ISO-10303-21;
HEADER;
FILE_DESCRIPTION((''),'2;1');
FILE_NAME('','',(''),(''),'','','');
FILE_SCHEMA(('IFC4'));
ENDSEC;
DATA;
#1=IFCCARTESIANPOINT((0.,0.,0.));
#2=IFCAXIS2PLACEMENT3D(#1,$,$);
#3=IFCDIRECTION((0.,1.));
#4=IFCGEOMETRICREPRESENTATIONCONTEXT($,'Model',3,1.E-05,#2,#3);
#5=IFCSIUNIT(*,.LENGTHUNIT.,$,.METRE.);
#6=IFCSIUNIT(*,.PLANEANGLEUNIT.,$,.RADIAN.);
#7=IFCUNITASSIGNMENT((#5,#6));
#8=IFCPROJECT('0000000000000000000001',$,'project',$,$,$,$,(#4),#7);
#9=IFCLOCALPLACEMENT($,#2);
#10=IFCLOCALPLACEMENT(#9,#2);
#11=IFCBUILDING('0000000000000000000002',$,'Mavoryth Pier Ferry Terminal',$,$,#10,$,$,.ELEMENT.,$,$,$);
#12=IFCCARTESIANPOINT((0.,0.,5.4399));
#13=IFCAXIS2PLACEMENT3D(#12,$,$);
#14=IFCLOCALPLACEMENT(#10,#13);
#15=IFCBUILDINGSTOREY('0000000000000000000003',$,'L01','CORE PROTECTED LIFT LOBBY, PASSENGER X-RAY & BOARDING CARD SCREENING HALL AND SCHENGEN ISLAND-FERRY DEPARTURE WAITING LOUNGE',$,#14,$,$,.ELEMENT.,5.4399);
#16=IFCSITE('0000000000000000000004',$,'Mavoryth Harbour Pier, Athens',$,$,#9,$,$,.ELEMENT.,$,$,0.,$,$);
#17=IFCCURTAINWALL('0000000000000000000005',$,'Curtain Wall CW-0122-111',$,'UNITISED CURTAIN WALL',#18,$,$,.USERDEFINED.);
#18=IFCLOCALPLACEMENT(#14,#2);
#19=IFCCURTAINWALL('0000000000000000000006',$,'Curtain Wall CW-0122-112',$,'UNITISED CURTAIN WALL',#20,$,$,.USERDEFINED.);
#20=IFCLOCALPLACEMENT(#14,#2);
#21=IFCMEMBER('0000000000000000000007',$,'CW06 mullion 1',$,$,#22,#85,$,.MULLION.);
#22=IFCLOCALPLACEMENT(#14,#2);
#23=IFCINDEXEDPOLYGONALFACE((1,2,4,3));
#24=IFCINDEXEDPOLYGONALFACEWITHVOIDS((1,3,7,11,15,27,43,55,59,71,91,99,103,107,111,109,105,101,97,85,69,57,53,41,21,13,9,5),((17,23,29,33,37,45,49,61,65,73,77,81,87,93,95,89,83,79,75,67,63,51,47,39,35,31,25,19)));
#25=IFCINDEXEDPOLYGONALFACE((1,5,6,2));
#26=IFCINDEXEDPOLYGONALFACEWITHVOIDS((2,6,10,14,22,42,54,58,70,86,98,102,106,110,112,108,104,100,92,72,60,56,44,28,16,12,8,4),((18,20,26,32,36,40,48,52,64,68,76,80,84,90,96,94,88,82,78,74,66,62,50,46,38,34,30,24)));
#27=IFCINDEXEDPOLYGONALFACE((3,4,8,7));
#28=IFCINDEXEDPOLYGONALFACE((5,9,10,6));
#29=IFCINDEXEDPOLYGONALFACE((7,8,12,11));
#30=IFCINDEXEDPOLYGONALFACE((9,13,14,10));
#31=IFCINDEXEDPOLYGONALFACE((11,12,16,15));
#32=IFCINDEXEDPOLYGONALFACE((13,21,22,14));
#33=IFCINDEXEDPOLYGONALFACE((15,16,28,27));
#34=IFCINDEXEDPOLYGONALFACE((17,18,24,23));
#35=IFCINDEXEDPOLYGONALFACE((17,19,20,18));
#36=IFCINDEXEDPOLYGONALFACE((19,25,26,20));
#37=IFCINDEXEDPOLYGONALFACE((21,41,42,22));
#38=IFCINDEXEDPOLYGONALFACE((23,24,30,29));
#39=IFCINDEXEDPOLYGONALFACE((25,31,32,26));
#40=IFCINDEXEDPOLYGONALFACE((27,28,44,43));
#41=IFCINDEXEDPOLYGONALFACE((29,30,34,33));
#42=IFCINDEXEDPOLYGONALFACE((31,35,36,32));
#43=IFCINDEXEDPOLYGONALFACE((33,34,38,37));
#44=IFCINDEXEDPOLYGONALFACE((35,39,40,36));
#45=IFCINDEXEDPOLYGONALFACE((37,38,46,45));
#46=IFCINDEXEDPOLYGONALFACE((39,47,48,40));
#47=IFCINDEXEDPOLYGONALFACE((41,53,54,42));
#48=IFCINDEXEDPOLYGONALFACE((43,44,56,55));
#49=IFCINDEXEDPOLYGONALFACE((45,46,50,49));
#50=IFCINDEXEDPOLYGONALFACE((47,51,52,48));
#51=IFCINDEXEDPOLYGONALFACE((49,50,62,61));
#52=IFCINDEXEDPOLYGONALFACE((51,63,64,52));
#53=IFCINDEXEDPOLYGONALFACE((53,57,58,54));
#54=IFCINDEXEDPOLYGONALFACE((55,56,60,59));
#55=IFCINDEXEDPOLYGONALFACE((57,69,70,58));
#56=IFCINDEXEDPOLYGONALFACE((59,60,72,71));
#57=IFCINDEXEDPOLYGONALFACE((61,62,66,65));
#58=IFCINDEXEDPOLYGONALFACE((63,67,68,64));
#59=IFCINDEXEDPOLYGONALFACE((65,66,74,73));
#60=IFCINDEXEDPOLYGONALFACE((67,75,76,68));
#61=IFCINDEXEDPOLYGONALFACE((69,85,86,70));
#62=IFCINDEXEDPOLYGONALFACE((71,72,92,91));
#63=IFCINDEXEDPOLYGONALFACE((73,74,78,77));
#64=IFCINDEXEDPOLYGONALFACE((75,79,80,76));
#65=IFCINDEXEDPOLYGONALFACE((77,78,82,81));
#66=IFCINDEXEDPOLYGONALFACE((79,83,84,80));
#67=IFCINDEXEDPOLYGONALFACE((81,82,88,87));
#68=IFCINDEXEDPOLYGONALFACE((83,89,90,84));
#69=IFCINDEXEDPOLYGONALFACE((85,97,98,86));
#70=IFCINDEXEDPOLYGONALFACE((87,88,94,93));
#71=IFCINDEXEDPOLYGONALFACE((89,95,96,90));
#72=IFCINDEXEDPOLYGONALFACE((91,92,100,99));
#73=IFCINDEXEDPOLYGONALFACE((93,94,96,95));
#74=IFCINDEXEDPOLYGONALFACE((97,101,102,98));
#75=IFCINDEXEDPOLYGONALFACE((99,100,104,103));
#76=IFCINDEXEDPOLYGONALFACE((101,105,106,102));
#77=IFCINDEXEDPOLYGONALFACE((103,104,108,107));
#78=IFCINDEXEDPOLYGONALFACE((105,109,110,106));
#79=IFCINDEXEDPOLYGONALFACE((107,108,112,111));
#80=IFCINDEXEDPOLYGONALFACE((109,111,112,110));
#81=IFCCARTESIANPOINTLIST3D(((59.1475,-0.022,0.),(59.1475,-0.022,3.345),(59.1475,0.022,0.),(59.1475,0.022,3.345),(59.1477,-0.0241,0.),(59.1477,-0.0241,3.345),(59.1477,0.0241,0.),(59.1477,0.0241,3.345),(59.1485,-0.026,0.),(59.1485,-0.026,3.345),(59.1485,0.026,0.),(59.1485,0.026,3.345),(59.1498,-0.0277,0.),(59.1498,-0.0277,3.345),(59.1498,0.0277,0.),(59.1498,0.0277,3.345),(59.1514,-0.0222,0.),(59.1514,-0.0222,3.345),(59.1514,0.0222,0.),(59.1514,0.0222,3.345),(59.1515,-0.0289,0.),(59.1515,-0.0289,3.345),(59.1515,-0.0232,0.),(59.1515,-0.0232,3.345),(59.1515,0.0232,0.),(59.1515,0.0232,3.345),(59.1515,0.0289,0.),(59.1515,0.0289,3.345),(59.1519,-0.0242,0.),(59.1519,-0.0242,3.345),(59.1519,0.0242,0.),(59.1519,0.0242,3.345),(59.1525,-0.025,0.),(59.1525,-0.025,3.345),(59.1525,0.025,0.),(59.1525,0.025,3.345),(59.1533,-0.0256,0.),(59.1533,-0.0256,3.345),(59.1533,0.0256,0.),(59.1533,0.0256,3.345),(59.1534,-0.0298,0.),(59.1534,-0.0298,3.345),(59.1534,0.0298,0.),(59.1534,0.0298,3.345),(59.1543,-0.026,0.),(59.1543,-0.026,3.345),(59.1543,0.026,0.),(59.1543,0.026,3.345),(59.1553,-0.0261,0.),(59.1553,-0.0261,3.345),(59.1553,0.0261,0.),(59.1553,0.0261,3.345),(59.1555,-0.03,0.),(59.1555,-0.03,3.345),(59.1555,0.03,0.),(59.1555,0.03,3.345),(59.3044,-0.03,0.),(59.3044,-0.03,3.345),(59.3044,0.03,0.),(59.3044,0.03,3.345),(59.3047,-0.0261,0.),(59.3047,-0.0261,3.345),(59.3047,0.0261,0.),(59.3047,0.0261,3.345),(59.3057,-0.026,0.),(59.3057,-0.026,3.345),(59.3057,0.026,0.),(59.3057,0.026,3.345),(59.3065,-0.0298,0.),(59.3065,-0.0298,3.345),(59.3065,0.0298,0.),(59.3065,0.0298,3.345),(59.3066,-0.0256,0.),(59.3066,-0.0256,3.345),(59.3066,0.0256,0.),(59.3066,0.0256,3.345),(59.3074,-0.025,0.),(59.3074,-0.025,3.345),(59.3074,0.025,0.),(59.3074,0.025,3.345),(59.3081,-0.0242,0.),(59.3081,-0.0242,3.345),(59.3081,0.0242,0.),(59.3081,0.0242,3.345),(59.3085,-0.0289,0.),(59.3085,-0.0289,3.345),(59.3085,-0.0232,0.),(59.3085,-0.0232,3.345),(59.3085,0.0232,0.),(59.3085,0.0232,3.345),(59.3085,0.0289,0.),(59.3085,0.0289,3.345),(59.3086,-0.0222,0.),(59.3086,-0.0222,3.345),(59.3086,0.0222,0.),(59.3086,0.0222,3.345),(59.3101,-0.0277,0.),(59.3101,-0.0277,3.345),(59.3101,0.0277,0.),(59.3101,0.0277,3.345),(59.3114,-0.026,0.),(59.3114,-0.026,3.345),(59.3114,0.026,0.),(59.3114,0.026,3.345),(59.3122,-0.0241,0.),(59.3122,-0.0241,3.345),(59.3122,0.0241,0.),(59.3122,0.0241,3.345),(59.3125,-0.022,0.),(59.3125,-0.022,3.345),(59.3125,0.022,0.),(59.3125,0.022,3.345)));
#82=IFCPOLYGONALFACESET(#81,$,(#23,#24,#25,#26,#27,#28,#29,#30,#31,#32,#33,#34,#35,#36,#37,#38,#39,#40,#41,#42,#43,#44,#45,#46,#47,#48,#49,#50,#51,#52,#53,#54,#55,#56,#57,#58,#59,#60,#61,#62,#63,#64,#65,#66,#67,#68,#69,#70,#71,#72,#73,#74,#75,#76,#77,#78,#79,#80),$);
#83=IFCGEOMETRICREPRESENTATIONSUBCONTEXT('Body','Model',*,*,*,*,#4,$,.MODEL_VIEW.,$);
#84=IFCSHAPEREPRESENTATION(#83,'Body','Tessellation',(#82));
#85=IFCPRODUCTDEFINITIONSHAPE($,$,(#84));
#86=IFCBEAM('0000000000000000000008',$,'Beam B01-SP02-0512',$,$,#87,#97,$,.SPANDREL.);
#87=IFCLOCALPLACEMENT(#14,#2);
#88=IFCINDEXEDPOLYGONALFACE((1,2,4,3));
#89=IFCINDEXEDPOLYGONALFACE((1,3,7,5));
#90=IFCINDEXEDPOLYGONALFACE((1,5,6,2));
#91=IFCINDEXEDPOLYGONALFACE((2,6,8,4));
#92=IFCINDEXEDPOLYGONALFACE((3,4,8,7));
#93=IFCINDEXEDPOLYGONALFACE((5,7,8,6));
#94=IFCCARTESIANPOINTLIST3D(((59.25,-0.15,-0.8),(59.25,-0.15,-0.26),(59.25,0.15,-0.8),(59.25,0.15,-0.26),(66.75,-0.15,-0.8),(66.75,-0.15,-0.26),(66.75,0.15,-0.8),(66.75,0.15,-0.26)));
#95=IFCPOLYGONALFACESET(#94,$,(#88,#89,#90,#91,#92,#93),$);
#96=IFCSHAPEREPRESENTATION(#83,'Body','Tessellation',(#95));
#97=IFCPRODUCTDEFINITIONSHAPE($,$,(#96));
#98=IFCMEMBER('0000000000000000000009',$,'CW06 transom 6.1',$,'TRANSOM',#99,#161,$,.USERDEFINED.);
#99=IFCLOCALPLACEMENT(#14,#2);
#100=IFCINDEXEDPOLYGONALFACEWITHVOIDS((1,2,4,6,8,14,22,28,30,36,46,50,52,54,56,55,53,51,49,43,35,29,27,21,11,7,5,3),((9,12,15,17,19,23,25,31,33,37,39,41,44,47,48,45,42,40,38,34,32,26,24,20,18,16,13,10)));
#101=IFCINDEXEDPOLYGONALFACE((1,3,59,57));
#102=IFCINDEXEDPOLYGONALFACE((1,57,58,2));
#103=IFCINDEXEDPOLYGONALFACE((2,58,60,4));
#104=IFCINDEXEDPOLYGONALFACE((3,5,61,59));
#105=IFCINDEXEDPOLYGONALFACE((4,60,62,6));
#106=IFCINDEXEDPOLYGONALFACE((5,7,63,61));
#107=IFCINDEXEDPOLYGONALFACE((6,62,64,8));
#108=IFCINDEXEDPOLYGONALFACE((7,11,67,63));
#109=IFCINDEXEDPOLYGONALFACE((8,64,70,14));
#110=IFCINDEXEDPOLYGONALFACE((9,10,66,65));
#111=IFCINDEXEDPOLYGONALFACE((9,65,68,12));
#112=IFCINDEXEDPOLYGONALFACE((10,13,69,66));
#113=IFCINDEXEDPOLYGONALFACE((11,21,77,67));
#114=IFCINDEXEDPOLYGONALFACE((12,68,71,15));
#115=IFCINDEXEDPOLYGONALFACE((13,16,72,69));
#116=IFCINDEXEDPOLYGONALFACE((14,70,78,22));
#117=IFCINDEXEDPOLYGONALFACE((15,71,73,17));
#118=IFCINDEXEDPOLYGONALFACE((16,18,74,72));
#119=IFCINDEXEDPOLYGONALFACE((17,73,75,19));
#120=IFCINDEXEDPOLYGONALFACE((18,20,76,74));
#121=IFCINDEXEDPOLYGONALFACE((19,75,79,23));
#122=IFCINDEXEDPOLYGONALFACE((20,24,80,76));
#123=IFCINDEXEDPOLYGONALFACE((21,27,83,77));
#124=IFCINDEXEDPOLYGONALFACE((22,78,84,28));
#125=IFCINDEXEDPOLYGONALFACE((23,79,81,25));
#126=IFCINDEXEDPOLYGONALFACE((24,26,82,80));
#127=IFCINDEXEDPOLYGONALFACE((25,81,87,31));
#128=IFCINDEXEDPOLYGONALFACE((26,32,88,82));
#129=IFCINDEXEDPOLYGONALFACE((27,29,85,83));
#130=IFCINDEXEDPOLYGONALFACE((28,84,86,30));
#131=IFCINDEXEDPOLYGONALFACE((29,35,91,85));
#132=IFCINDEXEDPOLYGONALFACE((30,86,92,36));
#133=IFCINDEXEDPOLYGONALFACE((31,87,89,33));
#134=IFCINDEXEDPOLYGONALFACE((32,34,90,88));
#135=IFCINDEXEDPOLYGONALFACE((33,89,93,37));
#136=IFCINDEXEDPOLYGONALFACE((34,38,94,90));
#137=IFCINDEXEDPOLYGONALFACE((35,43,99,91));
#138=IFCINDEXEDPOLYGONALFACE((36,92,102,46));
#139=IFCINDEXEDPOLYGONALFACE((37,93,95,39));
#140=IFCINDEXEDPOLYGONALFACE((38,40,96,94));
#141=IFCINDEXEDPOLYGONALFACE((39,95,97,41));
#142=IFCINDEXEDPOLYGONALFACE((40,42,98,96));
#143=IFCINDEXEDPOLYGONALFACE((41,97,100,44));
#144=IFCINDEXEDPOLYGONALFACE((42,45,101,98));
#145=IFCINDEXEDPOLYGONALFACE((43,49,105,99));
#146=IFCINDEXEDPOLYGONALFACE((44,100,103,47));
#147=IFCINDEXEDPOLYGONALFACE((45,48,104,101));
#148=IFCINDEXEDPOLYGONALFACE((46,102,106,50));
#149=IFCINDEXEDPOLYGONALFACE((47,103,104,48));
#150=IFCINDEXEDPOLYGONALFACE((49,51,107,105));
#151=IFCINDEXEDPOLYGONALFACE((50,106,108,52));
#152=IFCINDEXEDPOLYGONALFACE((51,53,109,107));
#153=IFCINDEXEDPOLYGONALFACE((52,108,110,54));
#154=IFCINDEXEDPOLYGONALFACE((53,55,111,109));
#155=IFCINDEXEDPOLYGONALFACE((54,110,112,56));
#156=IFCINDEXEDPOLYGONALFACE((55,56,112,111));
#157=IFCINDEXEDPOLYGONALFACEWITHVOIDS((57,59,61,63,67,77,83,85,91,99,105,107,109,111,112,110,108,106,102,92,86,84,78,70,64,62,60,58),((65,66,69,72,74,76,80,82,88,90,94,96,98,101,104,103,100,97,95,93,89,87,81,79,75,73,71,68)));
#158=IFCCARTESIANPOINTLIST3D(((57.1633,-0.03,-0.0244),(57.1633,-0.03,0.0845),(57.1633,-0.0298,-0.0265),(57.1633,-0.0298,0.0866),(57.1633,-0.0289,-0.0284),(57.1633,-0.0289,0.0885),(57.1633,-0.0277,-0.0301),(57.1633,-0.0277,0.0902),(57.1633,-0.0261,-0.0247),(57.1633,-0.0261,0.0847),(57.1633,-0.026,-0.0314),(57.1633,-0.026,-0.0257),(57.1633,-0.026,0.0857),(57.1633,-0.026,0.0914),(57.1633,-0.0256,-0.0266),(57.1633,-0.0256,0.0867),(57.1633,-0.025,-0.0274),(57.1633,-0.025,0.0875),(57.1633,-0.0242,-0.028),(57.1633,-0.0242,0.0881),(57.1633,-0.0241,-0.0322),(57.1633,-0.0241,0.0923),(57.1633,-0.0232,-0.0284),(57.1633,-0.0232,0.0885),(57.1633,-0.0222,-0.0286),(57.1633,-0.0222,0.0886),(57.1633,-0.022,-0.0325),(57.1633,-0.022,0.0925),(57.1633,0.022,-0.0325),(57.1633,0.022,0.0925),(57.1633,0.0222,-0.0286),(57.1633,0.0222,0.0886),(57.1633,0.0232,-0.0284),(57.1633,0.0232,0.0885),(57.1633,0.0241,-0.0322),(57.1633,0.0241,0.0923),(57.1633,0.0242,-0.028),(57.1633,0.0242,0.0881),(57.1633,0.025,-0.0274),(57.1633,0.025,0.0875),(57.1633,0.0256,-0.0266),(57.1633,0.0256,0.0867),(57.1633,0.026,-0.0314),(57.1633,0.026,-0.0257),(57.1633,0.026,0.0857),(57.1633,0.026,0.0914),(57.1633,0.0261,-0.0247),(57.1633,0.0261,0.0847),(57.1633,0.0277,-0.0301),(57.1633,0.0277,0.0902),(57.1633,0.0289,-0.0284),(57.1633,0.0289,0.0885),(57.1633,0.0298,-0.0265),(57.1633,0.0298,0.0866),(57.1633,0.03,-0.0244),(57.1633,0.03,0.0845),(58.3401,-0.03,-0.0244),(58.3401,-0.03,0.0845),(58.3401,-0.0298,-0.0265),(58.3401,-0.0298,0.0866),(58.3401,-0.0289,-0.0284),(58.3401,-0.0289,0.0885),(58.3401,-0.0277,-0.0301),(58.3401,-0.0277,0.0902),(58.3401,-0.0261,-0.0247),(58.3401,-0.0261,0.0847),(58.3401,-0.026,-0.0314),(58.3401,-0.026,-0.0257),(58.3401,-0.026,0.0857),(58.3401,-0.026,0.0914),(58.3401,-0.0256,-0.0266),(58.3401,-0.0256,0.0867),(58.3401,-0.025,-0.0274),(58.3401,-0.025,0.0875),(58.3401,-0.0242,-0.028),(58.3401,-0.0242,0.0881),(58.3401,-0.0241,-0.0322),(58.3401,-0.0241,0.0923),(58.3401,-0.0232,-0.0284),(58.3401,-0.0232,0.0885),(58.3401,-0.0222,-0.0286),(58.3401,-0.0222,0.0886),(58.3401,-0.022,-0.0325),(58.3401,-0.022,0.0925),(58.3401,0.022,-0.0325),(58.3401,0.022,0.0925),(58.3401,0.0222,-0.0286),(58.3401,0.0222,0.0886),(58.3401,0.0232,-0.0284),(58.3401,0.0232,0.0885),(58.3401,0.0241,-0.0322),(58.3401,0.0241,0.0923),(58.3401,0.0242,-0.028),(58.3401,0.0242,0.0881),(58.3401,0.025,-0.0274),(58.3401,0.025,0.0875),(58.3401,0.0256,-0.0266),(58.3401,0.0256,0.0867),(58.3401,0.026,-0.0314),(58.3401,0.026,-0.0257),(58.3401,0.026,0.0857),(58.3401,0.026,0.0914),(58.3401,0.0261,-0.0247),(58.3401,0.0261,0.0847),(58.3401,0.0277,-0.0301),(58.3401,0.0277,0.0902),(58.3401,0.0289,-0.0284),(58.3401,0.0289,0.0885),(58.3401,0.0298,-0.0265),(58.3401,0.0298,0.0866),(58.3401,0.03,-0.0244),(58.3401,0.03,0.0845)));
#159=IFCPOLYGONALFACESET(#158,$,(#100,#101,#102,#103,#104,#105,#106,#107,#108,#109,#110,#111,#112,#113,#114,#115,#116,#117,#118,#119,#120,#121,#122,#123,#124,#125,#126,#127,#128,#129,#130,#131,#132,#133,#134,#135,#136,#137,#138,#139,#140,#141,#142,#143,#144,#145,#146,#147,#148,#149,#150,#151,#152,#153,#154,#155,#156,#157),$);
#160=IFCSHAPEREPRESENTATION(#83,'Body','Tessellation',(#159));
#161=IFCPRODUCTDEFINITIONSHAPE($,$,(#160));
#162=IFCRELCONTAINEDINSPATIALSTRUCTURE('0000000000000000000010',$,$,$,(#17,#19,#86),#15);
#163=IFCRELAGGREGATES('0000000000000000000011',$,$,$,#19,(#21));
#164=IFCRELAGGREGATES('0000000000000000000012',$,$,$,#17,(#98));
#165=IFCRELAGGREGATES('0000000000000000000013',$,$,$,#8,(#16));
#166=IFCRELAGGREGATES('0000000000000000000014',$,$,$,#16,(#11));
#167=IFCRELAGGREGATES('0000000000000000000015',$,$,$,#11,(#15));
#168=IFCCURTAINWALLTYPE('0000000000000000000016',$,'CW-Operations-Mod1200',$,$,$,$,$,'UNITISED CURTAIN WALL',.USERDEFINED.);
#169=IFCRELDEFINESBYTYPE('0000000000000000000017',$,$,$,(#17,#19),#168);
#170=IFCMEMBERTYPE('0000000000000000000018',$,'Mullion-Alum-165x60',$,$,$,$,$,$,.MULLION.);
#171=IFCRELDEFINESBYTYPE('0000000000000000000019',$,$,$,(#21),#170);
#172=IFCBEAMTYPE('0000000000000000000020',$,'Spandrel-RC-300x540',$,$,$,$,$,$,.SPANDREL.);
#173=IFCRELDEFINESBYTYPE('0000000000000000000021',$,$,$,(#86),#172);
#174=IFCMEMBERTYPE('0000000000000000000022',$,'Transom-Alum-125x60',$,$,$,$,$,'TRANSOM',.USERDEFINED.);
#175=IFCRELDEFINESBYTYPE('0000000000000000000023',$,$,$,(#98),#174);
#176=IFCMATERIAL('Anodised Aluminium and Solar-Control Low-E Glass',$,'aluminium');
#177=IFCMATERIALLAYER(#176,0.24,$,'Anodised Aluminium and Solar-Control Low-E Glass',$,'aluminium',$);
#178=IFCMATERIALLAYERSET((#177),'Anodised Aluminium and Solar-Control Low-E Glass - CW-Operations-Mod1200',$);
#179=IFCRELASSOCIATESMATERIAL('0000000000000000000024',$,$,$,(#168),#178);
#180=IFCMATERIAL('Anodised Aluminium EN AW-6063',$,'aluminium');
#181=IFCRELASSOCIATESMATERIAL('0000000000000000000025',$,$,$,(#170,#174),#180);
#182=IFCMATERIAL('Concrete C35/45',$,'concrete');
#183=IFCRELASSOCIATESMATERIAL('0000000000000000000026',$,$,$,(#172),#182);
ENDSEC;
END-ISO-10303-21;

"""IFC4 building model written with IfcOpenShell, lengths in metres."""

from ifc_helpers import new_model, si_unit, direction, frame, origin, origin_2d, place, context, subcontext, project, spatial, rectangle, hollow_rectangle, extrude, material, layer, layer_set, material_profile, profile_set, type_object, element, aggregate, save


model = new_model("IFC4")

# Units and contexts
model_context = context("Model", 3, precision=1e-05, world=origin(), true_north=direction((0.0, 1.0)))
body_context = subcontext(model_context, "Body", "Model", "MODEL_VIEW")
ifc_project = project(units=[si_unit("LENGTHUNIT", "METRE"), si_unit("PLANEANGLEUNIT", "RADIAN")], contexts=[model_context])

# Site, building, storey
site_placement = place(None, origin())
site = spatial("IfcSite", under=ifc_project, at=site_placement, Name="Mavoryth Harbour Pier, Athens", CompositionType="ELEMENT", RefElevation=0.0)
building_placement = place(site_placement, origin())
building = spatial("IfcBuilding", under=site, at=building_placement, Name="Mavoryth Pier Ferry Terminal", CompositionType="ELEMENT")
storey_placement = place(building_placement, frame((0.0, 0.0, 5.4399)))
storey = spatial("IfcBuildingStorey", under=building, at=storey_placement, Name="L01", Description="CORE PROTECTED LIFT LOBBY, PASSENGER X-RAY & BOARDING CARD SCREENING HALL AND SCHENGEN ISLAND-FERRY DEPARTURE WAITING LOUNGE", CompositionType="ELEMENT", Elevation=5.4399)

# Curtain wall
ifc_material_1 = material(Name="Anodised Aluminium and Solar-Control Low-E Glass", Category="aluminium")
ifc_layer_1 = layer(ifc_material_1, 0.24, Name="Anodised Aluminium and Solar-Control Low-E Glass", Category="aluminium")
ifc_layer_set_1 = layer_set([ifc_layer_1], Name="Anodised Aluminium and Solar-Control Low-E Glass - CW-Operations-Mod1200")
curtain_wall_type = type_object("IfcCurtainWallType", Name="CW-Operations-Mod1200", ElementType="UNITISED CURTAIN WALL", PredefinedType="USERDEFINED", material=ifc_layer_set_1)
curtain_wall_1_placement = place(storey_placement, origin())
curtain_wall_1 = element("IfcCurtainWall", 1, at=curtain_wall_1_placement, inside=storey, type_object=curtain_wall_type, Name="Curtain Wall CW-0122-111", ObjectType="UNITISED CURTAIN WALL", PredefinedType="USERDEFINED")
ifc_material_2 = material(Name="Anodised Aluminium EN AW-6063", Category="aluminium")
ifc_material_profile_1 = material_profile(ifc_material_2, hollow_rectangle(XDim=0.0601, YDim=0.165, WallThickness=0.0039, InnerFilletRadius=0.0039, OuterFilletRadius=0.0081, at=origin_2d()), Name="AL-MULL 165x60x4", Category="aluminium")
ifc_profile_set_1 = profile_set([ifc_material_profile_1], Name="Anodised Aluminium EN AW-6063 - AL-MULL 165x60x4")
member_type_1 = type_object("IfcMemberType", Name="Mullion-Alum-165x60", PredefinedType="MULLION", material=ifc_profile_set_1)

# Curtain wall, member
curtain_wall_2_placement = place(storey_placement, origin())
curtain_wall_2 = element("IfcCurtainWall", 2, at=curtain_wall_2_placement, inside=storey, type_object=curtain_wall_type, Name="Curtain Wall CW-0122-112", ObjectType="UNITISED CURTAIN WALL", PredefinedType="USERDEFINED")
member_1_placement = place(storey_placement, frame((59.23, 0.0, 0.0), z_axis=(0.0, 0.0, 1.0), x_axis=(0.0, 1.0, 0.0)))
member_1 = element("IfcMember", 3, at=member_1_placement, type_object=member_type_1, Name="CW06 mullion 1", PredefinedType="MULLION", context=body_context, shape_type="SweptSolid", body=[
    extrude(hollow_rectangle(XDim=0.0601, YDim=0.165, WallThickness=0.0039, InnerFilletRadius=0.0039, OuterFilletRadius=0.0081, at=origin_2d()), origin(), (0.0, 0.0, 1.0), 3.345),
])

# Beam
ifc_material_3 = material(Name="Concrete C35/45", Category="concrete")
ifc_material_profile_2 = material_profile(ifc_material_3, rectangle(XDim=0.3, YDim=0.54, at=origin_2d()), Name="RC 300x540", Category="concrete")
ifc_profile_set_2 = profile_set([ifc_material_profile_2], Name="Concrete C35/45 - RC 300x540")
beam_type = type_object("IfcBeamType", Name="Spandrel-RC-300x540", PredefinedType="SPANDREL", material=ifc_profile_set_2)
beam_placement = place(storey_placement, frame((59.25, 0.0, -0.53), z_axis=(1.0, 0.0, 0.0), x_axis=(0.0, 1.0, 0.0)))
element("IfcBeam", 4, at=beam_placement, inside=storey, type_object=beam_type, Name="Beam B01-SP02-0512", PredefinedType="SPANDREL", context=body_context, shape_type="SweptSolid", body=[
    extrude(rectangle(XDim=0.3, YDim=0.54, at=origin_2d()), origin(), (0.0, 0.0, 1.0), 7.5),
])

# Member
ifc_material_profile_3 = material_profile(ifc_material_2, hollow_rectangle(XDim=0.0601, YDim=0.125, WallThickness=0.0039, InnerFilletRadius=0.0039, OuterFilletRadius=0.0081, at=origin_2d()), Name="AL-TRAN 125x60x4", Category="aluminium")
ifc_profile_set_3 = profile_set([ifc_material_profile_3], Name="Anodised Aluminium EN AW-6063 - AL-TRAN 125x60x4")
member_type_2 = type_object("IfcMemberType", Name="Transom-Alum-125x60", ElementType="TRANSOM", PredefinedType="USERDEFINED", material=ifc_profile_set_3)
member_2_placement = place(storey_placement, frame((57.1633, 0.0, 0.03), z_axis=(1.0, 0.0, 0.0), x_axis=(0.0, 1.0, 0.0)))
member_2 = element("IfcMember", 5, at=member_2_placement, type_object=member_type_2, Name="CW06 transom 6.1", ObjectType="TRANSOM", PredefinedType="USERDEFINED", context=body_context, shape_type="SweptSolid", body=[
    extrude(hollow_rectangle(XDim=0.0601, YDim=0.125, WallThickness=0.0039, InnerFilletRadius=0.0039, OuterFilletRadius=0.0081, at=origin_2d()), origin(), (0.0, 0.0, 1.0), 1.1768),
])
aggregate(curtain_wall_2, [member_1])

aggregate(curtain_wall_1, [member_2])

save(model, "model.ifc")
